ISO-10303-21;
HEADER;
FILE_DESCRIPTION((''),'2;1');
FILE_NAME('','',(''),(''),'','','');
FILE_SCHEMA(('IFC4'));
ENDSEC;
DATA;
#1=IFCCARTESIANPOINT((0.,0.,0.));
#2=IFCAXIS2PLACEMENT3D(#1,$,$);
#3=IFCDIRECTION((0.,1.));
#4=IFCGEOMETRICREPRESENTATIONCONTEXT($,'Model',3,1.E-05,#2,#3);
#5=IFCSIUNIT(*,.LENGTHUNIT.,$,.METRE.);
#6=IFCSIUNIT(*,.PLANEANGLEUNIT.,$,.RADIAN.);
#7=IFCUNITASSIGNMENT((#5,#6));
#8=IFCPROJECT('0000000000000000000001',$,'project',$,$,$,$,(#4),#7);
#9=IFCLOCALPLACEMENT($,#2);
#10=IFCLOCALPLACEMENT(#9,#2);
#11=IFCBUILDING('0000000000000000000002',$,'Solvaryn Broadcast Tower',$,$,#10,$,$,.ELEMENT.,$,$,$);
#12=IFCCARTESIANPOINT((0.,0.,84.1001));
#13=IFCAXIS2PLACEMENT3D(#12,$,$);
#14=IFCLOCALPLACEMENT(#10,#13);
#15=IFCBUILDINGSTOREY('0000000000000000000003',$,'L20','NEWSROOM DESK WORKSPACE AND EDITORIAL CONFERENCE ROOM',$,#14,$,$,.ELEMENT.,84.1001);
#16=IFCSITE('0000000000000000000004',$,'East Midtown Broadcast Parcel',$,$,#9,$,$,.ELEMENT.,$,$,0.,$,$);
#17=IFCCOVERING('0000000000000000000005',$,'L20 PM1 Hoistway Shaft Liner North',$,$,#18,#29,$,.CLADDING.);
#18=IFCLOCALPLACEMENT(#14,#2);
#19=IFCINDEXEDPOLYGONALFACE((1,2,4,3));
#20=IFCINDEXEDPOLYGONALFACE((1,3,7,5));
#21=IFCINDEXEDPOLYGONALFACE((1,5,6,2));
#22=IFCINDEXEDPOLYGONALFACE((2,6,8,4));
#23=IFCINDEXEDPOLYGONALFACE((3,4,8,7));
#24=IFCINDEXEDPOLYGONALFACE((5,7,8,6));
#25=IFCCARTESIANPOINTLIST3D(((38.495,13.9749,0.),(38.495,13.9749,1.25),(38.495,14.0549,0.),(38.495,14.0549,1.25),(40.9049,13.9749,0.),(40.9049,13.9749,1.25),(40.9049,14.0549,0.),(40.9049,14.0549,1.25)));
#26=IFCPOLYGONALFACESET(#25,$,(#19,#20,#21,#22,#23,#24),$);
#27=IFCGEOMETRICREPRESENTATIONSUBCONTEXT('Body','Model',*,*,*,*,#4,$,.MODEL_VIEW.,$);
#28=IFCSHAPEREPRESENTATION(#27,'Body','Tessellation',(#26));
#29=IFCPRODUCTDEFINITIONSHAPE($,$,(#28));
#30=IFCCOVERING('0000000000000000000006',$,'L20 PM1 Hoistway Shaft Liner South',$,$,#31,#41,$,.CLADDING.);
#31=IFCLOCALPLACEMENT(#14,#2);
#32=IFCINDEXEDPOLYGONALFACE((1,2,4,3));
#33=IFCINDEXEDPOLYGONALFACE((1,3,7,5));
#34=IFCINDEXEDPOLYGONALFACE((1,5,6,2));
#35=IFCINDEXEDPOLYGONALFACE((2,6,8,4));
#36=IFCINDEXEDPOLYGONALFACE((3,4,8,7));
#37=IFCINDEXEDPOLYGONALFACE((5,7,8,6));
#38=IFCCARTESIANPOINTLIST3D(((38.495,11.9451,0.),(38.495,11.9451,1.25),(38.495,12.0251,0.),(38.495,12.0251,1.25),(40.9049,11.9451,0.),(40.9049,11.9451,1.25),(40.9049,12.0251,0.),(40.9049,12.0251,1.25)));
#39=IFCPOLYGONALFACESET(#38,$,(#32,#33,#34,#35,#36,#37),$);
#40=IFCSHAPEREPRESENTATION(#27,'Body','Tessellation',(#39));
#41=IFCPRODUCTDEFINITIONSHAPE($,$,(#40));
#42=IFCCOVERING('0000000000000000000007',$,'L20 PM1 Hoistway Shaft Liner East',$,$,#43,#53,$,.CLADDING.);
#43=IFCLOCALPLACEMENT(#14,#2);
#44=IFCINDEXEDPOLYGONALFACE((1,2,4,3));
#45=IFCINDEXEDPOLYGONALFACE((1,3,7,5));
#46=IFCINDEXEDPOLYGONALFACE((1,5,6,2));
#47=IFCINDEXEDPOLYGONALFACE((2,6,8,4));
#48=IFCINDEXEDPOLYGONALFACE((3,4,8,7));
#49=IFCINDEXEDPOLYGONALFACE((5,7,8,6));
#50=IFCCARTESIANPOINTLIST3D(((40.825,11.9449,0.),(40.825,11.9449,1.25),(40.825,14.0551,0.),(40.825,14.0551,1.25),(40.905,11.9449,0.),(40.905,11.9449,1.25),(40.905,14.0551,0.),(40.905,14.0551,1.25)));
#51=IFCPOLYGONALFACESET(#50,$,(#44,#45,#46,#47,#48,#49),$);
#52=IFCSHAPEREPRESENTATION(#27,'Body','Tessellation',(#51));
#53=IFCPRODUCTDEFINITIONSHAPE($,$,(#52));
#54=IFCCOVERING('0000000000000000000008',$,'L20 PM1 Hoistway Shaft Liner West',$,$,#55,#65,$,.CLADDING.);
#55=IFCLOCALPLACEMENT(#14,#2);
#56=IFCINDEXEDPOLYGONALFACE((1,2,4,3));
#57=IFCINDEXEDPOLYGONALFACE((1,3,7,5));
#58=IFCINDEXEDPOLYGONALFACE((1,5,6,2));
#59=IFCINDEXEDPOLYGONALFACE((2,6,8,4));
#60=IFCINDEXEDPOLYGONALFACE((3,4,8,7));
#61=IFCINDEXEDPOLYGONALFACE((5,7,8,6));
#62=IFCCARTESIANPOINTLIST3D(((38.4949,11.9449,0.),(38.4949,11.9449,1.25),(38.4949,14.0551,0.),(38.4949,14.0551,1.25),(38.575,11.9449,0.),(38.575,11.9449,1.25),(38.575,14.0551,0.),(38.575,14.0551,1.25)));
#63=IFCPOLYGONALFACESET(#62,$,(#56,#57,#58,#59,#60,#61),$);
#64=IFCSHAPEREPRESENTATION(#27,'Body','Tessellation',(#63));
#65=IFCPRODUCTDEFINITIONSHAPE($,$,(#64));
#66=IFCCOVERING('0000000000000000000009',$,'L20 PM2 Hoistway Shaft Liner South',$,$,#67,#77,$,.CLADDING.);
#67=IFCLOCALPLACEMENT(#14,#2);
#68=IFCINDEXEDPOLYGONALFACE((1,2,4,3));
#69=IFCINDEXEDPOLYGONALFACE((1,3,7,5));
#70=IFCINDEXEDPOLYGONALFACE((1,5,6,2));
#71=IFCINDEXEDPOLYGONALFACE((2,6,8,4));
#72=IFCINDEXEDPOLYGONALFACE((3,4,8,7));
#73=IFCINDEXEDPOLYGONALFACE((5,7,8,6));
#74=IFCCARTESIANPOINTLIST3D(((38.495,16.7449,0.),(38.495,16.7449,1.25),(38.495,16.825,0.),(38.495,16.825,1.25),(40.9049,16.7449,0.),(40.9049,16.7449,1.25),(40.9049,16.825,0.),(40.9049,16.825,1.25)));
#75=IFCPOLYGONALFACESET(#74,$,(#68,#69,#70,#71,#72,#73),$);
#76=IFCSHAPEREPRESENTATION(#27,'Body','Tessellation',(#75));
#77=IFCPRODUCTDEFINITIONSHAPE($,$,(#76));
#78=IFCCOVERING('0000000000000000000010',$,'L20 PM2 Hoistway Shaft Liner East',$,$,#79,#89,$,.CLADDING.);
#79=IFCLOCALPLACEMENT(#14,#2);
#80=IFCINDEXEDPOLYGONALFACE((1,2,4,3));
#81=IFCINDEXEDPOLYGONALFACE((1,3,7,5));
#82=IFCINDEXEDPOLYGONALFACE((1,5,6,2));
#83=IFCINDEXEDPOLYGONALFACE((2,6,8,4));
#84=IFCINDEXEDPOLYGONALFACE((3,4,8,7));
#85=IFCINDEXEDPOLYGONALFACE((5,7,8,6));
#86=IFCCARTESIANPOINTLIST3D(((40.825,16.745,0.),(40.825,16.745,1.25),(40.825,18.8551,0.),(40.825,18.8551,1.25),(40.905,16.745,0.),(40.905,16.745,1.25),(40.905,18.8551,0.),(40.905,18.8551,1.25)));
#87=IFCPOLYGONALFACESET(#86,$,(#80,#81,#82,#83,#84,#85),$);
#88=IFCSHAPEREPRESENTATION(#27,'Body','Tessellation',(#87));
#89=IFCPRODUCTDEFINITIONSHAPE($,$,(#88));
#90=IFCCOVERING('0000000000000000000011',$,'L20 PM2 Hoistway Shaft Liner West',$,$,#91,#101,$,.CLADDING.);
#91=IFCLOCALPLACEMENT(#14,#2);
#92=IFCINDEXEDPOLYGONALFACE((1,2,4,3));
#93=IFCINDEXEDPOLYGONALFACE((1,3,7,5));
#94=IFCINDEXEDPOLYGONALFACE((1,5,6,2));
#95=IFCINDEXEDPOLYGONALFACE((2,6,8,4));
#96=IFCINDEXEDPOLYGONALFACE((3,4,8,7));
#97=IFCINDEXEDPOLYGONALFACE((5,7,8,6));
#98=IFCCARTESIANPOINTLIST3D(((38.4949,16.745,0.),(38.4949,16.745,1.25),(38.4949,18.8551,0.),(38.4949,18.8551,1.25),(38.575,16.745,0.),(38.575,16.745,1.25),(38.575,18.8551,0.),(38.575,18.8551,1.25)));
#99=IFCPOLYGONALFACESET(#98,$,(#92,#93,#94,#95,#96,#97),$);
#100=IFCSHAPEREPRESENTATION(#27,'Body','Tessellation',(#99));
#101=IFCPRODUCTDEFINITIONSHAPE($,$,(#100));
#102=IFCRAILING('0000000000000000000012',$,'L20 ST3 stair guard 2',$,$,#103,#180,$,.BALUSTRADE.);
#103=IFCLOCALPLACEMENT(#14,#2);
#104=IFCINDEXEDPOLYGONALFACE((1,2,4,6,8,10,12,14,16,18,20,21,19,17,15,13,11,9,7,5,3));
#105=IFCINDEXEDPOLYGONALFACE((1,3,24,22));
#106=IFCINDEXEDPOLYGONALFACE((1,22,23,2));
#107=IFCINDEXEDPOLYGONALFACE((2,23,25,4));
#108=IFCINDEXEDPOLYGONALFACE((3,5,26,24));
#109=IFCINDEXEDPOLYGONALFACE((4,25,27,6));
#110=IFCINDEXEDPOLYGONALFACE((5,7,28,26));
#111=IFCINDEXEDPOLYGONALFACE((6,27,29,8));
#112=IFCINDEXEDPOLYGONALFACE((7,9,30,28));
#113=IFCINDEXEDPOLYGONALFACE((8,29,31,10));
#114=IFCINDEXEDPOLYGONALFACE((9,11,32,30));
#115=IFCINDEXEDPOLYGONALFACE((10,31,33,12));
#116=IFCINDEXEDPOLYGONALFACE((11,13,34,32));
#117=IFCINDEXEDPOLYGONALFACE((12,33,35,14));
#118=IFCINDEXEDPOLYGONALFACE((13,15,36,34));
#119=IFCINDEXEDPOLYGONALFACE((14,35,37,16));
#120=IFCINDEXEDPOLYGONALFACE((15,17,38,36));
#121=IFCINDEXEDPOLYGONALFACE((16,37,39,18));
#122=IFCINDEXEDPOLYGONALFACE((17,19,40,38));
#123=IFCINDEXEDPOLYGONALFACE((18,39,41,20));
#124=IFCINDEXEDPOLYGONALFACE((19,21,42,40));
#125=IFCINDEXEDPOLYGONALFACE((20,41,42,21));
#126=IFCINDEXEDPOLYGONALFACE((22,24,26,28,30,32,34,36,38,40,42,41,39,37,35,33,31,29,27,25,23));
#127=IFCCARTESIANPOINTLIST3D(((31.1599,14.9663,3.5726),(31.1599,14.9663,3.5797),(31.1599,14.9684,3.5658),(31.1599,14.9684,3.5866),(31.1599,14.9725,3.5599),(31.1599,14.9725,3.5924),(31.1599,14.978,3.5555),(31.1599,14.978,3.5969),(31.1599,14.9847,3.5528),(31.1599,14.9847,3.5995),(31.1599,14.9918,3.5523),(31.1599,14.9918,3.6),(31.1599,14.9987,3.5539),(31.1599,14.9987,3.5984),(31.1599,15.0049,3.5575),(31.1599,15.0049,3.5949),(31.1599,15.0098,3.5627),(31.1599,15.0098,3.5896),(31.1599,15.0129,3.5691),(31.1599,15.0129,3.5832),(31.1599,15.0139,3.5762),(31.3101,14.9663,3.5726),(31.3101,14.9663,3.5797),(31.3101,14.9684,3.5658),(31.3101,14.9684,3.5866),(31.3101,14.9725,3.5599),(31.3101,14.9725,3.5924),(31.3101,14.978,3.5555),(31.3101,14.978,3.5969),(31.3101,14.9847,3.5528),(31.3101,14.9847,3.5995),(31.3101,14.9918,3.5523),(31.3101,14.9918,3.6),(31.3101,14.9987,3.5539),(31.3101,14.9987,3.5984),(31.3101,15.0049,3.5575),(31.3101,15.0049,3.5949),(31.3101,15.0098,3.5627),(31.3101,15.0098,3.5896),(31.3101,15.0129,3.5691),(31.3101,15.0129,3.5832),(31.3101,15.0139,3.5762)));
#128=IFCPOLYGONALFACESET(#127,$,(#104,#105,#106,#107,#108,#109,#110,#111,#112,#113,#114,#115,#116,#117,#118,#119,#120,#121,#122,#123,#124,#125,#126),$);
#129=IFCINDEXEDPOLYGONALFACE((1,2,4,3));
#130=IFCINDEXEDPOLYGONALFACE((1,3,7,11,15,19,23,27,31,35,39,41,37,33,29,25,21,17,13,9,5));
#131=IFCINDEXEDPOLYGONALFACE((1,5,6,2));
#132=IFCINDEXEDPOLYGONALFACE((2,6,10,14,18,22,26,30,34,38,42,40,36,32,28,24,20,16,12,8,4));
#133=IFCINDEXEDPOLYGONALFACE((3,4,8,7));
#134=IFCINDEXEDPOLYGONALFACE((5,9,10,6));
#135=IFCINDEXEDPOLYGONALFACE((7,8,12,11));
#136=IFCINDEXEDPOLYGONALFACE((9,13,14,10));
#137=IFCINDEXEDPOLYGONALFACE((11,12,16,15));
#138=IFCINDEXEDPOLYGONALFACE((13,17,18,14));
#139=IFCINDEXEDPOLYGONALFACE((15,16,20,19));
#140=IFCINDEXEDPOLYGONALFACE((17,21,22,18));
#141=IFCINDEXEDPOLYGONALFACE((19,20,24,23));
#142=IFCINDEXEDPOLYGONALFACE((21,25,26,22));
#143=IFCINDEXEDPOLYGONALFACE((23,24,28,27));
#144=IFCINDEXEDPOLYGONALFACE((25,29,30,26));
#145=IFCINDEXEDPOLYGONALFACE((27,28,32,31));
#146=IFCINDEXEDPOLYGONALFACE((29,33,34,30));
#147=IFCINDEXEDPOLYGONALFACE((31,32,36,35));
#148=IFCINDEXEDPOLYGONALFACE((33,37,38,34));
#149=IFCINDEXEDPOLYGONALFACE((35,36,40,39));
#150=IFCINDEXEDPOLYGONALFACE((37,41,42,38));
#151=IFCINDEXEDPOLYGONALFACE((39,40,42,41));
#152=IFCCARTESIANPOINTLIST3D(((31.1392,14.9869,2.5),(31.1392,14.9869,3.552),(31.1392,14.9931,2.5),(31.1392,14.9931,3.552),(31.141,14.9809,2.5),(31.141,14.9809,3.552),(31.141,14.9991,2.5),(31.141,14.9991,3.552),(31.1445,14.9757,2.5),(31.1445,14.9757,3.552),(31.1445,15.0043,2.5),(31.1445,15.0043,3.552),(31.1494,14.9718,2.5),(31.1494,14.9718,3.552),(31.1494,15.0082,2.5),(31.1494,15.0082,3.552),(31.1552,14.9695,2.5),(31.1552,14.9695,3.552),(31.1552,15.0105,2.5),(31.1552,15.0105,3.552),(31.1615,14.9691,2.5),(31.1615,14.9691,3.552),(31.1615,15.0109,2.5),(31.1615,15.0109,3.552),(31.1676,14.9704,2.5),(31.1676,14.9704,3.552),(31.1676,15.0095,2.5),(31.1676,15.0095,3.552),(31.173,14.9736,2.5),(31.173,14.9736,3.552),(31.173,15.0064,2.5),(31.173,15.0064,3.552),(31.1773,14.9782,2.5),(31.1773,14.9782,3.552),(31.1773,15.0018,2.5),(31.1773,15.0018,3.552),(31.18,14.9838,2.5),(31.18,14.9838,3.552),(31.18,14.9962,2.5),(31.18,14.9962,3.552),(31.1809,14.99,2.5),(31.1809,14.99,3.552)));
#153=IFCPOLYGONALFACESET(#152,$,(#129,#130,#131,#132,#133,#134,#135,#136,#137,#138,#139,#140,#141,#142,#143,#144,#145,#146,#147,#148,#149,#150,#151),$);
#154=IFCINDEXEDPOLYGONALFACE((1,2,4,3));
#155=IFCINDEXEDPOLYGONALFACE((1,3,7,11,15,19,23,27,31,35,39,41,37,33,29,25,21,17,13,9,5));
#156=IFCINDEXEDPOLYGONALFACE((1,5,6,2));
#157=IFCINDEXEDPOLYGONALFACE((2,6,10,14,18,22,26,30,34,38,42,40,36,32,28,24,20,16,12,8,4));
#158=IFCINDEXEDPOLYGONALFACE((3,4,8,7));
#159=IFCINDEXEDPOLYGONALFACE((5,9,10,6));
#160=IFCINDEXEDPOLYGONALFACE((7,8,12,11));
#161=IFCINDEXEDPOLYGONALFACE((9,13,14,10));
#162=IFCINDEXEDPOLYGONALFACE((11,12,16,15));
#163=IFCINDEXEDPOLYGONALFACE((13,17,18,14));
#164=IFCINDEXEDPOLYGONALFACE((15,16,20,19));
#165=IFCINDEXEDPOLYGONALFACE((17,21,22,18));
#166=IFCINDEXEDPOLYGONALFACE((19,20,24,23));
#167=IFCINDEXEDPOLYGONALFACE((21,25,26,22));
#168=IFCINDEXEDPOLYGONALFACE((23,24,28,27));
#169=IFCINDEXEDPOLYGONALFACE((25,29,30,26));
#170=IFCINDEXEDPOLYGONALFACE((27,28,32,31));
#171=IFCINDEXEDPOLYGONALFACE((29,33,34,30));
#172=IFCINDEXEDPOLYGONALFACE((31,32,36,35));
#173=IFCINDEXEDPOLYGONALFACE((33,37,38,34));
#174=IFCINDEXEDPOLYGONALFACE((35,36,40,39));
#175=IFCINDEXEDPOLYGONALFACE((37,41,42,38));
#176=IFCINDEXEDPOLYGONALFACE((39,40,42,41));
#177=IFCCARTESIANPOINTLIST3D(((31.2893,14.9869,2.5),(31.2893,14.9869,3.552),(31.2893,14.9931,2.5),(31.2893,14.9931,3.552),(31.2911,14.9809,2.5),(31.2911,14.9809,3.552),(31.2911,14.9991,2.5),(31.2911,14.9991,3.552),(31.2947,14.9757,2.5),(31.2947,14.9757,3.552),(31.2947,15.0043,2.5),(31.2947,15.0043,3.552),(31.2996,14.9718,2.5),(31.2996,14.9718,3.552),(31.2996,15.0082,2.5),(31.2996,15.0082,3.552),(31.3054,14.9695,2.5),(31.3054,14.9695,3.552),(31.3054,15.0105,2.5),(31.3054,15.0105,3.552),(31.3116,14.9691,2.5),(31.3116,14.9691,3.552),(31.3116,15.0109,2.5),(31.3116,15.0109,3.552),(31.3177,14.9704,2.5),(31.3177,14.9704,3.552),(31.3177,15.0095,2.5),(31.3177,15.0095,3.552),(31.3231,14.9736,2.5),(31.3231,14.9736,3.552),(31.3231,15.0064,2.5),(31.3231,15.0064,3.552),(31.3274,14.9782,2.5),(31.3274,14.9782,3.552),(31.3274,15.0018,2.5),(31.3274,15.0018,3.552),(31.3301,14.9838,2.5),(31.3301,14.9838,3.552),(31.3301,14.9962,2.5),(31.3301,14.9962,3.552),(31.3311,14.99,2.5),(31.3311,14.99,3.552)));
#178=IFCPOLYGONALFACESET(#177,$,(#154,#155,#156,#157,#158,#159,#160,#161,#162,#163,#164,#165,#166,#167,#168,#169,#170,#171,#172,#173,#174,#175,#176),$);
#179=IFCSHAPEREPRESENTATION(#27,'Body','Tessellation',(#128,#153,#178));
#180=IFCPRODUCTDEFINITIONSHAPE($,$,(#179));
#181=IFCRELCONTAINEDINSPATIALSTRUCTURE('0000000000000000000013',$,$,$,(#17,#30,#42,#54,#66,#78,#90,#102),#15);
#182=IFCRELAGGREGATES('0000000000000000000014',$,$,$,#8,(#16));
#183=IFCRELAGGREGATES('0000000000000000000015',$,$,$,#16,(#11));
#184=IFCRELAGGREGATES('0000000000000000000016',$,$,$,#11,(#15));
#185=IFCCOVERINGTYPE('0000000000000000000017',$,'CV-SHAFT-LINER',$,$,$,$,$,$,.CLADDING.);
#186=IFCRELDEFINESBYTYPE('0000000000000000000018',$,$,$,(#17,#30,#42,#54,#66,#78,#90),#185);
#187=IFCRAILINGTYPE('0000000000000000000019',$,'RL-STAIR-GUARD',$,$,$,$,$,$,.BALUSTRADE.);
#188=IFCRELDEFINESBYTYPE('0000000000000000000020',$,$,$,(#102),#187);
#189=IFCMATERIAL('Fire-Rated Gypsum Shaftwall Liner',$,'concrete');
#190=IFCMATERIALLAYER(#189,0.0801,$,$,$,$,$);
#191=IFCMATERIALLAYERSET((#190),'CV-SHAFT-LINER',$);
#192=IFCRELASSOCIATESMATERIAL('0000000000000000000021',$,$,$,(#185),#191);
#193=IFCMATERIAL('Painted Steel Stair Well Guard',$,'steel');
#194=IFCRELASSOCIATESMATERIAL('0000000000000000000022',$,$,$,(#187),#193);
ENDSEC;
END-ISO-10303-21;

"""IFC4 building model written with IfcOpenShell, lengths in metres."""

from ifc_helpers import new_model, si_unit, direction, frame, origin, origin_2d, place, context, subcontext, project, spatial, rectangle, circle, extrude, material, layer, layer_set, type_object, element, save


model = new_model("IFC4")

# Units and contexts
model_context = context("Model", 3, precision=1e-05, world=origin(), true_north=direction((0.0, 1.0)))
body_context = subcontext(model_context, "Body", "Model", "MODEL_VIEW")
ifc_project = project(units=[si_unit("LENGTHUNIT", "METRE"), si_unit("PLANEANGLEUNIT", "RADIAN")], contexts=[model_context])

# Site, building, storey
site_placement = place(None, origin())
site = spatial("IfcSite", under=ifc_project, at=site_placement, Name="East Midtown Broadcast Parcel", CompositionType="ELEMENT", RefElevation=0.0)
building_placement = place(site_placement, origin())
building = spatial("IfcBuilding", under=site, at=building_placement, Name="Solvaryn Broadcast Tower", CompositionType="ELEMENT")
storey_placement = place(building_placement, frame((0.0, 0.0, 84.1001)))
storey = spatial("IfcBuildingStorey", under=building, at=storey_placement, Name="L20", Description="NEWSROOM DESK WORKSPACE AND EDITORIAL CONFERENCE ROOM", CompositionType="ELEMENT", Elevation=84.1001)

# Coverings
ifc_material_1 = material(Name="Fire-Rated Gypsum Shaftwall Liner", Category="concrete")
ifc_layer_1 = layer(ifc_material_1, 0.0801)
ifc_layer_set_1 = layer_set([ifc_layer_1], Name="CV-SHAFT-LINER")
covering_type = type_object("IfcCoveringType", Name="CV-SHAFT-LINER", PredefinedType="CLADDING", material=ifc_layer_set_1)
for number, where, z_axis, x_axis, name in (
    (1, (39.7, 14.0149, 0.0), (0.0, 0.0, 1.0), (1.0, 0.0, 0.0), "L20 PM1 Hoistway Shaft Liner North"),
    (2, (39.7, 11.9851, 0.0), (0.0, 0.0, 1.0), (1.0, 0.0, 0.0), "L20 PM1 Hoistway Shaft Liner South"),
):
    element("IfcCovering", number, at=place(storey_placement, frame(where, z_axis=z_axis, x_axis=x_axis)), inside=storey, type_object=covering_type, Name=name, PredefinedType="CLADDING", context=body_context, shape_type="SweptSolid", body=[
        extrude(rectangle(XDim=2.4099, YDim=0.0801, at=origin_2d()), origin(), (0.0, 0.0, 1.0), 1.25),
    ])
for number, where, z_axis, x_axis, name in (
    (3, (40.865, 13.0, 0.0), (0.0, 0.0, 1.0), (1.0, 0.0, 0.0), "L20 PM1 Hoistway Shaft Liner East"),
    (4, (38.5349, 13.0, 0.0), (0.0, 0.0, 1.0), (1.0, 0.0, 0.0), "L20 PM1 Hoistway Shaft Liner West"),
):
    element("IfcCovering", number, at=place(storey_placement, frame(where, z_axis=z_axis, x_axis=x_axis)), inside=storey, type_object=covering_type, Name=name, PredefinedType="CLADDING", context=body_context, shape_type="SweptSolid", body=[
        extrude(rectangle(XDim=0.0801, YDim=2.1101, at=origin_2d()), origin(), (0.0, 0.0, 1.0), 1.25),
    ])
covering_1_placement = place(storey_placement, frame((39.7, 16.7849, 0.0), z_axis=(0.0, 0.0, 1.0), x_axis=(1.0, 0.0, 0.0)))
element("IfcCovering", 5, at=covering_1_placement, inside=storey, type_object=covering_type, Name="L20 PM2 Hoistway Shaft Liner South", PredefinedType="CLADDING", context=body_context, shape_type="SweptSolid", body=[
    extrude(rectangle(XDim=2.4099, YDim=0.0801, at=origin_2d()), origin(), (0.0, 0.0, 1.0), 1.25),
])
for number, where, z_axis, x_axis, name in (
    (6, (40.865, 17.8, 0.0), (0.0, 0.0, 1.0), (1.0, 0.0, 0.0), "L20 PM2 Hoistway Shaft Liner East"),
    (7, (38.5349, 17.8, 0.0), (0.0, 0.0, 1.0), (1.0, 0.0, 0.0), "L20 PM2 Hoistway Shaft Liner West"),
):
    element("IfcCovering", number, at=place(storey_placement, frame(where, z_axis=z_axis, x_axis=x_axis)), inside=storey, type_object=covering_type, Name=name, PredefinedType="CLADDING", context=body_context, shape_type="SweptSolid", body=[
        extrude(rectangle(XDim=0.0801, YDim=2.1101, at=origin_2d()), origin(), (0.0, 0.0, 1.0), 1.25),
    ])

# Railing
ifc_material_2 = material(Name="Painted Steel Stair Well Guard", Category="steel")
railing_type_1 = type_object("IfcRailingType", Name="RL-STAIR-GUARD", PredefinedType="BALUSTRADE", material=ifc_material_2)
railing_1_placement = place(storey_placement, frame((31.1599, 14.99, 2.5)))
element("IfcRailing", 8, at=railing_1_placement, inside=storey, type_object=railing_type_1, Name="L20 ST3 stair guard 2", PredefinedType="BALUSTRADE", context=body_context, shape_type="SweptSolid", body=[
    extrude(circle(Radius=0.0239, at=origin_2d()), frame((0.0, 0.0, 1.0762), z_axis=(1.0, 0.0, 0.0), x_axis=(0.0, 1.0, 0.0)), (0.0, 0.0, 1.0), 0.1501),
    extrude(circle(Radius=0.021, at=origin_2d()), origin(), (0.0, 0.0, 1.0), 1.052),
    extrude(circle(Radius=0.021, at=origin_2d()), frame((0.1501, 0.0, 0.0)), (0.0, 0.0, 1.0), 1.052),
])

save(model, "model.ifc")
